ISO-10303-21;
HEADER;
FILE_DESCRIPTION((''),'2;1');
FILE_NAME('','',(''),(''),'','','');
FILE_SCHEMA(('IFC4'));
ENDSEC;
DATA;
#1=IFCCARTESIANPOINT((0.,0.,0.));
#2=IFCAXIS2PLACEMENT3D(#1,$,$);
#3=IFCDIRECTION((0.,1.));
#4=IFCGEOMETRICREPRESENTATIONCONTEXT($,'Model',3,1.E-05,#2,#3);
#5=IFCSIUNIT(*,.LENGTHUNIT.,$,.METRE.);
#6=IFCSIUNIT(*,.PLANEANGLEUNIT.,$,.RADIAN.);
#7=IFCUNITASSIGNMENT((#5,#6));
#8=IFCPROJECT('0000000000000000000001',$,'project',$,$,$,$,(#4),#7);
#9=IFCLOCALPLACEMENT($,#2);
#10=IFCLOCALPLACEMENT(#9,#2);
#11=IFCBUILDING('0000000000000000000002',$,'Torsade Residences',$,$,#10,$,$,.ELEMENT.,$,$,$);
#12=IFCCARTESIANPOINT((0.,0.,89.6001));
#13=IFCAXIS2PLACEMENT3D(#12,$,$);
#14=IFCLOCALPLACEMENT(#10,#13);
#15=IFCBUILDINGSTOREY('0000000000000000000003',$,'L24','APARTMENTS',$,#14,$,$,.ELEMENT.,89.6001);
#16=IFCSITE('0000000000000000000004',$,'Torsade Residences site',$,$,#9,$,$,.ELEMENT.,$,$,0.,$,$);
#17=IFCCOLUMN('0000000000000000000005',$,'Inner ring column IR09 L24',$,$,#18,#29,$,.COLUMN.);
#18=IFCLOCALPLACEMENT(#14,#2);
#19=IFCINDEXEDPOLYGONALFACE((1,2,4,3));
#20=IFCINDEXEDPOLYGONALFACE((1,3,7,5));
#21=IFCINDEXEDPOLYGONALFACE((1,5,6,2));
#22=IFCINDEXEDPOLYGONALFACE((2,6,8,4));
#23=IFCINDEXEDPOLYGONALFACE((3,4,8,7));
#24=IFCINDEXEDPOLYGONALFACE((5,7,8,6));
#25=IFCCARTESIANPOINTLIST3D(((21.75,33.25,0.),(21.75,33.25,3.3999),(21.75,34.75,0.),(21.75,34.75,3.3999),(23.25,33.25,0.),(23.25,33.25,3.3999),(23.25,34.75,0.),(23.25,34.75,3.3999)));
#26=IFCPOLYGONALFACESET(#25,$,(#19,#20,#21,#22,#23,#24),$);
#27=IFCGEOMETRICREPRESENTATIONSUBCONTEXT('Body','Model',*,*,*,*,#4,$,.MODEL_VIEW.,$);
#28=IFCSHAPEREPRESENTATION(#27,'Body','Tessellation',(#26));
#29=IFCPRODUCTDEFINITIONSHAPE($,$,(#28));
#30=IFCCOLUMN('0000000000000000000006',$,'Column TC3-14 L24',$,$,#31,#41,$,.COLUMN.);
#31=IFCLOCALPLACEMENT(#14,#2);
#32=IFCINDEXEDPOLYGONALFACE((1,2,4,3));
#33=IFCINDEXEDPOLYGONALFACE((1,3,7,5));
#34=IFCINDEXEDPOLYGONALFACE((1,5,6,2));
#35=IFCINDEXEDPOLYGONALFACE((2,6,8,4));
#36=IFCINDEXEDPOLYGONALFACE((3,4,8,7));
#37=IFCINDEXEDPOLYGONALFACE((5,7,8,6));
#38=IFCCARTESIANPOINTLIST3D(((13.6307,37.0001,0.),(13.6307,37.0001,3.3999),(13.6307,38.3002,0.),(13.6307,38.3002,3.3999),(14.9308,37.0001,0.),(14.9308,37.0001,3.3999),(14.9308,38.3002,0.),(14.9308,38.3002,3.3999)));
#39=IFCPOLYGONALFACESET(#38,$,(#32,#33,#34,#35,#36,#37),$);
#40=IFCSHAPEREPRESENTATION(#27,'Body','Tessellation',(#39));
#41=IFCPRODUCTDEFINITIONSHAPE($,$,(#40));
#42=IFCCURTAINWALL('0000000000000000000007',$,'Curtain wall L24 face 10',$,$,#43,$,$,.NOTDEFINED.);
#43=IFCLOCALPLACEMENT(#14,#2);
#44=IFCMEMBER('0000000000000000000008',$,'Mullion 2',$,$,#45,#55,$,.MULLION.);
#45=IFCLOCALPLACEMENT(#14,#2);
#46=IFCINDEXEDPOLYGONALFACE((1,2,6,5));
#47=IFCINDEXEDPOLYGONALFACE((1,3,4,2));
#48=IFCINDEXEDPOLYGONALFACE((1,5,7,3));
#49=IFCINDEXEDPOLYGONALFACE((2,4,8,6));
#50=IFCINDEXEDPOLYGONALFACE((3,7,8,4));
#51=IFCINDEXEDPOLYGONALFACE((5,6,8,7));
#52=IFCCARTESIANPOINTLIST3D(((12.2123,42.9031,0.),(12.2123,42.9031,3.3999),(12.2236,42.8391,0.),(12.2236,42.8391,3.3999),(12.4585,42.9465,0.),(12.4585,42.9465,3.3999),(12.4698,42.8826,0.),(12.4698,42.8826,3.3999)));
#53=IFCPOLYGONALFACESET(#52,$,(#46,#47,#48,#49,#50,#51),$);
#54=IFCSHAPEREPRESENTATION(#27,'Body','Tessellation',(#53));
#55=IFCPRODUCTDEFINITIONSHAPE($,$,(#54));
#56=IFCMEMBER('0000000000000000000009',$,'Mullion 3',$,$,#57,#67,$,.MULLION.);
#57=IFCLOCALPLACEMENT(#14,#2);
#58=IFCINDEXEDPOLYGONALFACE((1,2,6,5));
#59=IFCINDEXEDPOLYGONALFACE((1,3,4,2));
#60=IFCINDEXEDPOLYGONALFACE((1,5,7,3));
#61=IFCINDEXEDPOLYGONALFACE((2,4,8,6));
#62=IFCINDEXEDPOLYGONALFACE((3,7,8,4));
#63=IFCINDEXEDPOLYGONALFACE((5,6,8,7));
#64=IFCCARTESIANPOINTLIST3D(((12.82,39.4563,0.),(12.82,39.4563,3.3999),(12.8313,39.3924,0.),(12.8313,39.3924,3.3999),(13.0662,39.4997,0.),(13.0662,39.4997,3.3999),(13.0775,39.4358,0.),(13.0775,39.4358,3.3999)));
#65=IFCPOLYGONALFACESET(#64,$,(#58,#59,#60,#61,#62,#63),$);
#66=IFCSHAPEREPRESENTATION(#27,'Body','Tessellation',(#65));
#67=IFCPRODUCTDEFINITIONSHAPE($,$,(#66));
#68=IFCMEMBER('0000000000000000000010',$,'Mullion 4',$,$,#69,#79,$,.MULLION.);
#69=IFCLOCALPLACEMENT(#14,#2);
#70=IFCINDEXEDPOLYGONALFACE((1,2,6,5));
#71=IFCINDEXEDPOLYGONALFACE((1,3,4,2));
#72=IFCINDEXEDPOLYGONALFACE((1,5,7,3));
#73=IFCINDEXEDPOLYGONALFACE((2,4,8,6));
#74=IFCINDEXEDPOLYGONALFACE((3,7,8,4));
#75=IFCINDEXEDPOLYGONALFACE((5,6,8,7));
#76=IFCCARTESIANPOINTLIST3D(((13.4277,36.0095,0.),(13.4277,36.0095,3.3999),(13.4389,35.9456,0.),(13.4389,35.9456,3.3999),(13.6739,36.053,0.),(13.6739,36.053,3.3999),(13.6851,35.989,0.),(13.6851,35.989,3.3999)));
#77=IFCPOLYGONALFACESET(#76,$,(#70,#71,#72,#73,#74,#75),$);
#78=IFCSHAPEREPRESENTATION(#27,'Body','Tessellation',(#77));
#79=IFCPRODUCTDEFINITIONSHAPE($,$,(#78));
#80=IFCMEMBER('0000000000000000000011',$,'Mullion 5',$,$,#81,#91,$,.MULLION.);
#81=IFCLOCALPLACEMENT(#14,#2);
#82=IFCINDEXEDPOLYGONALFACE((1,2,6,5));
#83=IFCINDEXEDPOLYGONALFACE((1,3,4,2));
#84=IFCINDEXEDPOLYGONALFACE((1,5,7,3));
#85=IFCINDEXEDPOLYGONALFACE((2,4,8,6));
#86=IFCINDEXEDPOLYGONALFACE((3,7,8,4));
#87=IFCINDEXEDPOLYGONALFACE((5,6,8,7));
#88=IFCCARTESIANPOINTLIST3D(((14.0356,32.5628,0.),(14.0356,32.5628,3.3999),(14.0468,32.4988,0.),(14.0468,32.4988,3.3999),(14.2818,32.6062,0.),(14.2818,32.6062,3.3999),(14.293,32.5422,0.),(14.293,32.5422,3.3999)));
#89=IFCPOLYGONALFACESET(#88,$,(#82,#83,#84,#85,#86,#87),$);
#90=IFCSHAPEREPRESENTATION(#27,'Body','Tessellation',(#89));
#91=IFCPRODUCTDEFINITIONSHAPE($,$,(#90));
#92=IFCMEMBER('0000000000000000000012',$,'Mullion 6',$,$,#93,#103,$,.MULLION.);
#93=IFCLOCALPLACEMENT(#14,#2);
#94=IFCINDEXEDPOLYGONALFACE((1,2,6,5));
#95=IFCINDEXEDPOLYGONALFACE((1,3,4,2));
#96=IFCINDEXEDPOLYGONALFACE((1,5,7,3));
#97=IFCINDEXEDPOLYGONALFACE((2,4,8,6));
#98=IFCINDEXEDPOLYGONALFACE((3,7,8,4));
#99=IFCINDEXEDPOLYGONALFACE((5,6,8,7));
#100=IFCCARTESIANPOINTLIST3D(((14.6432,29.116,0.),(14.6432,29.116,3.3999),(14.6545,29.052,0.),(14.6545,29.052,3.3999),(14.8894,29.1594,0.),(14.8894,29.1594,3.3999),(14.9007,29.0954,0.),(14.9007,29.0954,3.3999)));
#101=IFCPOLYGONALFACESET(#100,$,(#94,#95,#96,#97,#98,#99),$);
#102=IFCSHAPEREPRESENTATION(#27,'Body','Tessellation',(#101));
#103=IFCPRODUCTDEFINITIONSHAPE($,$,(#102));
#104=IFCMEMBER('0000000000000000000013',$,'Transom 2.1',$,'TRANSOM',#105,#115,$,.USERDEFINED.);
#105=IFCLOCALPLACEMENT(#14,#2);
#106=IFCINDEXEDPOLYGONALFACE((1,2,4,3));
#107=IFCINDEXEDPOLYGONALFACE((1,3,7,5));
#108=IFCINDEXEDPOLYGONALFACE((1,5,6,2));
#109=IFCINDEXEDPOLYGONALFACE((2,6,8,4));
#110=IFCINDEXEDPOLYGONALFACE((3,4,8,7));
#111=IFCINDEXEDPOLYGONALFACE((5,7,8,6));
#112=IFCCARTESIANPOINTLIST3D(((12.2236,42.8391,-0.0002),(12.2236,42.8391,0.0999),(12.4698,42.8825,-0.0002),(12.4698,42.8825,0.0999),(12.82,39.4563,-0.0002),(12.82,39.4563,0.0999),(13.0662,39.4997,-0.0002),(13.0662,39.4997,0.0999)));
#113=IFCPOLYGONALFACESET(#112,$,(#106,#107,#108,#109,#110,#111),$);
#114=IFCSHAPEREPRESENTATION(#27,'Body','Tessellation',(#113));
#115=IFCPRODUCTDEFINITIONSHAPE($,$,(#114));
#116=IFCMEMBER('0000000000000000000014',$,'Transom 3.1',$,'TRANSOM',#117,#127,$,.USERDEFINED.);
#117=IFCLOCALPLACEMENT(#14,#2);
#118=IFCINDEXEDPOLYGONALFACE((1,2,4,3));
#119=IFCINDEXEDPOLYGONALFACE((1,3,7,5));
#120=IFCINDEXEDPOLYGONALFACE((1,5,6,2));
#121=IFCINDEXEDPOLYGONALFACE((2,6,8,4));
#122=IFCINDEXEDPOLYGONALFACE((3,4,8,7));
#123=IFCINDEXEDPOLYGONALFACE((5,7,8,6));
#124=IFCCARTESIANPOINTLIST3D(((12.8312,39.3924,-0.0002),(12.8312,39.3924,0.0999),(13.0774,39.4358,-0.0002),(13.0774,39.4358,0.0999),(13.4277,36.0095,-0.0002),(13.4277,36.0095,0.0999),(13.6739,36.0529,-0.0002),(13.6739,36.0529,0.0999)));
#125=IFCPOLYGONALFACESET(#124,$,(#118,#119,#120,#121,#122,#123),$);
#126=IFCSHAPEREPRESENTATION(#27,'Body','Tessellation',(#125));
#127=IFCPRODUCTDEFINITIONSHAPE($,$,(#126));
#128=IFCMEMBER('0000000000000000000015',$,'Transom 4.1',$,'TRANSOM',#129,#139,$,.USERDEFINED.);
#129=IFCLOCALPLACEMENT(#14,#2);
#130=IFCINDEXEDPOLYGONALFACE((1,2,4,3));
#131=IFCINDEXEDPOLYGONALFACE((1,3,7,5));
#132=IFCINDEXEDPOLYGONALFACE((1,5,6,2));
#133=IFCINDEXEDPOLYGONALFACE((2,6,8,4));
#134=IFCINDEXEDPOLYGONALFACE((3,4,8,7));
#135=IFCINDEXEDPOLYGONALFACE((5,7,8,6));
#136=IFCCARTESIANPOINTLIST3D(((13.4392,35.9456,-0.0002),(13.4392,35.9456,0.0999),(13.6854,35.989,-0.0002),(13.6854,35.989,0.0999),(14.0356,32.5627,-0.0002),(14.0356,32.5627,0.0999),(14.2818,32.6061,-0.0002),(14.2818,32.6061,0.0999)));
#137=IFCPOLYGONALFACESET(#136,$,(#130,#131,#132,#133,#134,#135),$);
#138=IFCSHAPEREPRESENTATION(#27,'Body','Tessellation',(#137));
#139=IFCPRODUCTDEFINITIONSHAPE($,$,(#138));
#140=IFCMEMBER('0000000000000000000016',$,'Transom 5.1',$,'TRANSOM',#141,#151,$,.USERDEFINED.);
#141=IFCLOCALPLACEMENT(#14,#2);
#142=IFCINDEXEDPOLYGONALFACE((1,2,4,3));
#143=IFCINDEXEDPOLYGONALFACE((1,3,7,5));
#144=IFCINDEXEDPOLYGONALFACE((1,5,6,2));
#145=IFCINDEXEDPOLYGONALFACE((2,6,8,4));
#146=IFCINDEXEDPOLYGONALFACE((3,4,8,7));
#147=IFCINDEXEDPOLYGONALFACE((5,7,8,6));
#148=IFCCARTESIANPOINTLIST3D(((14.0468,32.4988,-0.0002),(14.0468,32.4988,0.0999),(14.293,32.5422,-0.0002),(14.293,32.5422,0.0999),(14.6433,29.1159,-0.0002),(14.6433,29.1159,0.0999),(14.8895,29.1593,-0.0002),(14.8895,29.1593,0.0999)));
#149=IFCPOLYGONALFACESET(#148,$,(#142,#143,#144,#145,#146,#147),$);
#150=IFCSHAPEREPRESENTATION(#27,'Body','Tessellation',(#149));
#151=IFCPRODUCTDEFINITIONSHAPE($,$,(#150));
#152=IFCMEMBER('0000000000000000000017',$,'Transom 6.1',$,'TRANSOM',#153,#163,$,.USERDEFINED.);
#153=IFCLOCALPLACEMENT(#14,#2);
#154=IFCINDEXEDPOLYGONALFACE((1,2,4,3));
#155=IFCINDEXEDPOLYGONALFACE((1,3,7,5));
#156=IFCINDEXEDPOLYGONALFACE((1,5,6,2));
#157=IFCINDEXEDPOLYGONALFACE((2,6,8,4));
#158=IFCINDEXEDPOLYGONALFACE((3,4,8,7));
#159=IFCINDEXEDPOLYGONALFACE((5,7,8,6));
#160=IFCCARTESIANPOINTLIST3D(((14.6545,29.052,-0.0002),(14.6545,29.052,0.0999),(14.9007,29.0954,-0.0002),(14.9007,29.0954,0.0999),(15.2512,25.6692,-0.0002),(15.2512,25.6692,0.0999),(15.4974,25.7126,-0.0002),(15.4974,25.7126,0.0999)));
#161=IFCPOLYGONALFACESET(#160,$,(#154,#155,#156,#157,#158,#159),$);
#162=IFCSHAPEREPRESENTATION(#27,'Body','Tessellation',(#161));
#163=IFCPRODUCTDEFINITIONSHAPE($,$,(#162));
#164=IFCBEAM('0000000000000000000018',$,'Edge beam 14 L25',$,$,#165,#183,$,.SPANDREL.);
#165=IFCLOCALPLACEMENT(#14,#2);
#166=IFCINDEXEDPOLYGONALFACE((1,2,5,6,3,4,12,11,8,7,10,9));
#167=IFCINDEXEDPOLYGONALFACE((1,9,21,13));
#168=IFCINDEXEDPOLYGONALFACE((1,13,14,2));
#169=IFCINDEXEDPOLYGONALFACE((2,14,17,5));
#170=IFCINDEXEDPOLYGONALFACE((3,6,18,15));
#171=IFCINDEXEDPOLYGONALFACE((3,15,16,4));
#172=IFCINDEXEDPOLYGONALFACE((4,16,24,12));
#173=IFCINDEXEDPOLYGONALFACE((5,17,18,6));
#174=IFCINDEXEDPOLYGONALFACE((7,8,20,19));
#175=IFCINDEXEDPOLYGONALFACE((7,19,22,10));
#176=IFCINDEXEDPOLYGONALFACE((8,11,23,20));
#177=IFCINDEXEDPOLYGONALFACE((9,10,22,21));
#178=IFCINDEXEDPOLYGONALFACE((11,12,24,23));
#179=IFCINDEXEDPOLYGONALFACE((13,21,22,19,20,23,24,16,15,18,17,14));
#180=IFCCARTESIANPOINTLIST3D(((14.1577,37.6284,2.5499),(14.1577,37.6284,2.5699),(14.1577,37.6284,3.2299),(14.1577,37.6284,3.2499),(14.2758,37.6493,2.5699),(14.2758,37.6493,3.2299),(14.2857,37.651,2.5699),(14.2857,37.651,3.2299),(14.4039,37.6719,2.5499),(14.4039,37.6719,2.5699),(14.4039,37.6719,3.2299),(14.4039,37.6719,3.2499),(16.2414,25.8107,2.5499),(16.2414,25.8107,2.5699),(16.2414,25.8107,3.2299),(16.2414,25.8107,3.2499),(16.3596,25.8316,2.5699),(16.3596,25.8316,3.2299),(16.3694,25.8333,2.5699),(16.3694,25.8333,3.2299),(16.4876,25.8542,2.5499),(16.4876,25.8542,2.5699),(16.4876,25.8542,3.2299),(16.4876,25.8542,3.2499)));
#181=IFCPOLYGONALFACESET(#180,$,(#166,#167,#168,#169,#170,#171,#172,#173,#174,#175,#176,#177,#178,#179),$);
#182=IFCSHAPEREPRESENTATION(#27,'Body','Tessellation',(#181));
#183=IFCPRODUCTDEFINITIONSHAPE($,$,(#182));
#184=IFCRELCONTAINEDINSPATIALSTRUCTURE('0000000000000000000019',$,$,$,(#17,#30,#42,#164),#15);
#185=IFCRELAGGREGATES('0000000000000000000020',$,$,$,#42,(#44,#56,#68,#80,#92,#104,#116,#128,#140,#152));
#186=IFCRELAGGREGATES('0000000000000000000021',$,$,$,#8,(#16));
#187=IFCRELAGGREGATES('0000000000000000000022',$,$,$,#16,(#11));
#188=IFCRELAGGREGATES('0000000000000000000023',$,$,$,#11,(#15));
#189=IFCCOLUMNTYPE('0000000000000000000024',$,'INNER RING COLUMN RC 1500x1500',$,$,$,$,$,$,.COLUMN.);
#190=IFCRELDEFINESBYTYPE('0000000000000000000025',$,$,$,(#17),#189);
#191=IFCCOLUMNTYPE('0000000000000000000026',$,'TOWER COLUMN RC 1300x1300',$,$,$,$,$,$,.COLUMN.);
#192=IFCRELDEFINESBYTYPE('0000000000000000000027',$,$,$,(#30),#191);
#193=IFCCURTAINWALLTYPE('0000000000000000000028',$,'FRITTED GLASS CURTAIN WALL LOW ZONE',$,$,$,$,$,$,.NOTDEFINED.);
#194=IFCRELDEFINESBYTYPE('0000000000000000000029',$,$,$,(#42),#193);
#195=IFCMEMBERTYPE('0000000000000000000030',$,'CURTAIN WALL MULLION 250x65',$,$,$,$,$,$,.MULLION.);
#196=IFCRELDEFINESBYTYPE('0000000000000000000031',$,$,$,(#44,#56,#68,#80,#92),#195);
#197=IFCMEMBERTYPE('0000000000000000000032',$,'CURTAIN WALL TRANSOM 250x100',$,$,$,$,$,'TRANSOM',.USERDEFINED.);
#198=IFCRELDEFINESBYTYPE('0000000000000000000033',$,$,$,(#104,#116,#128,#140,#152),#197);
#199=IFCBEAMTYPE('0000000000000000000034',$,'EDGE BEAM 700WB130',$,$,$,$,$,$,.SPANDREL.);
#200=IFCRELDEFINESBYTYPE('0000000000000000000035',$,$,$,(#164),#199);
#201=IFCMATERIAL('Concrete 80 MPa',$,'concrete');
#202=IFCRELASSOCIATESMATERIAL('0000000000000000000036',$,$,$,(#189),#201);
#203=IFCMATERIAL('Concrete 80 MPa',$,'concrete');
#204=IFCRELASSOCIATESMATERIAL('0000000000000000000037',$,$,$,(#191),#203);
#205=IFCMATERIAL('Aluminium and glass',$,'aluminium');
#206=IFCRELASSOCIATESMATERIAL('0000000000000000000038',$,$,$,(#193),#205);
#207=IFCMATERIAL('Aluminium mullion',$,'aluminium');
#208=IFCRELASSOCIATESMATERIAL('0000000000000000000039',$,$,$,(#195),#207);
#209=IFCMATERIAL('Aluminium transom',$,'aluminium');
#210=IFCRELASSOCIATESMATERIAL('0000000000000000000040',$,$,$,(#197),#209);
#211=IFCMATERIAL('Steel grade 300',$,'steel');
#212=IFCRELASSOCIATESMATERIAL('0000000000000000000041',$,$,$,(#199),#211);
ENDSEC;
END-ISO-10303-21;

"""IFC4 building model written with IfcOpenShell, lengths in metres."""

from ifc_helpers import new_model, si_unit, direction, frame, origin, origin_2d, place, context, subcontext, project, spatial, rectangle, i_section, extrude, material, material_profile, profile_set, type_object, element, aggregate, save


model = new_model("IFC4")

# Units and contexts
model_context = context("Model", 3, precision=1e-05, world=origin(), true_north=direction((0.0, 1.0)))
body_context = subcontext(model_context, "Body", "Model", "MODEL_VIEW")
ifc_project = project(units=[si_unit("LENGTHUNIT", "METRE"), si_unit("PLANEANGLEUNIT", "RADIAN")], contexts=[model_context])

# Site, building, storey
site_placement = place(None, origin())
site = spatial("IfcSite", under=ifc_project, at=site_placement, Name="Torsade Residences site", CompositionType="ELEMENT", RefElevation=0.0)
building_placement = place(site_placement, origin())
building = spatial("IfcBuilding", under=site, at=building_placement, Name="Torsade Residences", CompositionType="ELEMENT")
storey_placement = place(building_placement, frame((0.0, 0.0, 89.6001)))
storey = spatial("IfcBuildingStorey", under=building, at=storey_placement, Name="L24", Description="APARTMENTS", CompositionType="ELEMENT", Elevation=89.6001)

# Columns
ifc_material_1 = material(Name="Concrete 80 MPa", Category="concrete")
ifc_material_profile_1 = material_profile(ifc_material_1, rectangle(XDim=1.5, YDim=1.5, at=origin_2d()), Name="RC 1500x1500")
ifc_profile_set_1 = profile_set([ifc_material_profile_1], Name="Concrete 80 MPa")
column_type_1 = type_object("IfcColumnType", Name="INNER RING COLUMN RC 1500x1500", PredefinedType="COLUMN", material=ifc_profile_set_1)
column_1_placement = place(storey_placement, frame((22.5, 34.0, 0.0), z_axis=(0.0, 0.0, 1.0), x_axis=(1.0, 0.0, 0.0)))
element("IfcColumn", 1, at=column_1_placement, inside=storey, type_object=column_type_1, Name="Inner ring column IR09 L24", PredefinedType="COLUMN", context=body_context, shape_type="SweptSolid", body=[
    extrude(rectangle(XDim=1.5, YDim=1.5, at=origin_2d()), origin(), (0.0, 0.0, 1.0), 3.3999),
])
ifc_material_2 = material(Name="Concrete 80 MPa", Category="concrete")
ifc_material_profile_2 = material_profile(ifc_material_2, rectangle(XDim=1.3, YDim=1.3, at=origin_2d()), Name="RC 1300x1300")
ifc_profile_set_2 = profile_set([ifc_material_profile_2], Name="Concrete 80 MPa")
column_type_2 = type_object("IfcColumnType", Name="TOWER COLUMN RC 1300x1300", PredefinedType="COLUMN", material=ifc_profile_set_2)
column_2_placement = place(storey_placement, frame((14.2808, 37.6501, 0.0), z_axis=(0.0, 0.0, 1.0), x_axis=(1.0, 0.0, 0.0)))
element("IfcColumn", 2, at=column_2_placement, inside=storey, type_object=column_type_2, Name="Column TC3-14 L24", PredefinedType="COLUMN", context=body_context, shape_type="SweptSolid", body=[
    extrude(rectangle(XDim=1.3, YDim=1.3, at=origin_2d()), origin(), (0.0, 0.0, 1.0), 3.3999),
])

# Curtain wall, members
ifc_material_3 = material(Name="Aluminium and glass", Category="aluminium")
curtain_wall_type = type_object("IfcCurtainWallType", Name="FRITTED GLASS CURTAIN WALL LOW ZONE", PredefinedType="NOTDEFINED", material=ifc_material_3)
curtain_wall_placement = place(storey_placement, origin())
curtain_wall = element("IfcCurtainWall", 3, at=curtain_wall_placement, inside=storey, type_object=curtain_wall_type, Name="Curtain wall L24 face 10", PredefinedType="NOTDEFINED")
ifc_material_4 = material(Name="Aluminium mullion", Category="aluminium")
ifc_material_profile_3 = material_profile(ifc_material_4, rectangle(XDim=0.25, YDim=0.0649, at=origin_2d()), Name="CURTAIN WALL MULLION 250x65")
ifc_profile_set_3 = profile_set([ifc_material_profile_3], Name="Aluminium mullion")
member_type_1 = type_object("IfcMemberType", Name="CURTAIN WALL MULLION 250x65", PredefinedType="MULLION", material=ifc_profile_set_3)
member_1_placement = place(storey_placement, frame((12.3411, 42.8928, 0.0), z_axis=(0.0, 0.0, 1.0), x_axis=(0.984808, 0.173648, 0.0)))
member_1 = element("IfcMember", 4, at=member_1_placement, type_object=member_type_1, Name="Mullion 2", PredefinedType="MULLION", context=body_context, shape_type="SweptSolid", body=[
    extrude(rectangle(XDim=0.25, YDim=0.0649, at=origin_2d()), origin(), (0.0, 0.0, 1.0), 3.3999),
])
member_2_placement = place(storey_placement, frame((12.9487, 39.446, 0.0), z_axis=(0.0, 0.0, 1.0), x_axis=(0.984808, 0.173648, 0.0)))
member_2 = element("IfcMember", 5, at=member_2_placement, type_object=member_type_1, Name="Mullion 3", PredefinedType="MULLION", context=body_context, shape_type="SweptSolid", body=[
    extrude(rectangle(XDim=0.25, YDim=0.0649, at=origin_2d()), origin(), (0.0, 0.0, 1.0), 3.3999),
])
member_3_placement = place(storey_placement, frame((13.5564, 35.9993, 0.0), z_axis=(0.0, 0.0, 1.0), x_axis=(0.984808, 0.173648, 0.0)))
member_3 = element("IfcMember", 6, at=member_3_placement, type_object=member_type_1, Name="Mullion 4", PredefinedType="MULLION", context=body_context, shape_type="SweptSolid", body=[
    extrude(rectangle(XDim=0.25, YDim=0.0649, at=origin_2d()), origin(), (0.0, 0.0, 1.0), 3.3999),
])
member_4_placement = place(storey_placement, frame((14.1643, 32.5525, 0.0), z_axis=(0.0, 0.0, 1.0), x_axis=(0.984808, 0.173648, 0.0)))
member_4 = element("IfcMember", 7, at=member_4_placement, type_object=member_type_1, Name="Mullion 5", PredefinedType="MULLION", context=body_context, shape_type="SweptSolid", body=[
    extrude(rectangle(XDim=0.25, YDim=0.0649, at=origin_2d()), origin(), (0.0, 0.0, 1.0), 3.3999),
])
member_5_placement = place(storey_placement, frame((14.772, 29.1057, 0.0), z_axis=(0.0, 0.0, 1.0), x_axis=(0.984808, 0.173648, 0.0)))
member_5 = element("IfcMember", 8, at=member_5_placement, type_object=member_type_1, Name="Mullion 6", PredefinedType="MULLION", context=body_context, shape_type="SweptSolid", body=[
    extrude(rectangle(XDim=0.25, YDim=0.0649, at=origin_2d()), origin(), (0.0, 0.0, 1.0), 3.3999),
])
ifc_material_5 = material(Name="Aluminium transom", Category="aluminium")
ifc_material_profile_4 = material_profile(ifc_material_5, rectangle(XDim=0.25, YDim=0.1001, at=origin_2d()), Name="CURTAIN WALL TRANSOM 250x100")
ifc_profile_set_4 = profile_set([ifc_material_profile_4], Name="Aluminium transom")
member_type_2 = type_object("IfcMemberType", Name="CURTAIN WALL TRANSOM 250x100", ElementType="TRANSOM", PredefinedType="USERDEFINED", material=ifc_profile_set_4)
member_6_placement = place(storey_placement, frame((12.3467, 42.8608, 0.0498), z_axis=(0.173635, -0.98481, 0.0), x_axis=(0.98481, 0.173635, 0.0)))
member_6 = element("IfcMember", 9, at=member_6_placement, type_object=member_type_2, Name="Transom 2.1", ObjectType="TRANSOM", PredefinedType="USERDEFINED", context=body_context, shape_type="SweptSolid", body=[
    extrude(rectangle(XDim=0.25, YDim=0.1001, at=origin_2d()), origin(), (0.0, 0.0, 1.0), 3.4351),
])
member_7_placement = place(storey_placement, frame((12.9543, 39.4141, 0.0498), z_axis=(0.173635, -0.98481, 0.0), x_axis=(0.98481, 0.173635, 0.0)))
member_7 = element("IfcMember", 10, at=member_7_placement, type_object=member_type_2, Name="Transom 3.1", ObjectType="TRANSOM", PredefinedType="USERDEFINED", context=body_context, shape_type="SweptSolid", body=[
    extrude(rectangle(XDim=0.25, YDim=0.1001, at=origin_2d()), origin(), (0.0, 0.0, 1.0), 3.4351),
])
member_8_placement = place(storey_placement, frame((13.5623, 35.9673, 0.0498), z_axis=(0.173635, -0.98481, 0.0), x_axis=(0.98481, 0.173635, 0.0)))
member_8 = element("IfcMember", 11, at=member_8_placement, type_object=member_type_2, Name="Transom 4.1", ObjectType="TRANSOM", PredefinedType="USERDEFINED", context=body_context, shape_type="SweptSolid", body=[
    extrude(rectangle(XDim=0.25, YDim=0.1001, at=origin_2d()), origin(), (0.0, 0.0, 1.0), 3.4351),
])
member_9_placement = place(storey_placement, frame((14.1699, 32.5205, 0.0498), z_axis=(0.173635, -0.98481, 0.0), x_axis=(0.98481, 0.173635, 0.0)))
member_9 = element("IfcMember", 12, at=member_9_placement, type_object=member_type_2, Name="Transom 5.1", ObjectType="TRANSOM", PredefinedType="USERDEFINED", context=body_context, shape_type="SweptSolid", body=[
    extrude(rectangle(XDim=0.25, YDim=0.1001, at=origin_2d()), origin(), (0.0, 0.0, 1.0), 3.4351),
])
member_10_placement = place(storey_placement, frame((14.7776, 29.0737, 0.0498), z_axis=(0.173704, -0.984798, 0.0), x_axis=(0.984798, 0.173704, 0.0)))
member_10 = element("IfcMember", 13, at=member_10_placement, type_object=member_type_2, Name="Transom 6.1", ObjectType="TRANSOM", PredefinedType="USERDEFINED", context=body_context, shape_type="SweptSolid", body=[
    extrude(rectangle(XDim=0.25, YDim=0.1001, at=origin_2d()), origin(), (0.0, 0.0, 1.0), 3.4351),
])

# Beam
ifc_material_6 = material(Name="Steel grade 300", Category="steel")
ifc_material_profile_5 = material_profile(ifc_material_6, i_section(OverallWidth=0.25, OverallDepth=0.7, WebThickness=0.01, FlangeThickness=0.02, at=origin_2d()), Name="700WB130")
ifc_profile_set_5 = profile_set([ifc_material_profile_5], Name="Steel grade 300")
beam_type_1 = type_object("IfcBeamType", Name="EDGE BEAM 700WB130", PredefinedType="SPANDREL", material=ifc_profile_set_5)
beam_1_placement = place(storey_placement, frame((14.2808, 37.6501, 2.8999), z_axis=(0.173646, -0.984808, 0.0), x_axis=(0.984808, 0.173646, 0.0)))
element("IfcBeam", 14, at=beam_1_placement, inside=storey, type_object=beam_type_1, Name="Edge beam 14 L25", PredefinedType="SPANDREL", context=body_context, shape_type="SweptSolid", body=[
    extrude(i_section(OverallWidth=0.25, OverallDepth=0.7, WebThickness=0.01, FlangeThickness=0.02, at=origin_2d()), origin(), (0.0, 0.0, 1.0), 12.0),
])

aggregate(curtain_wall, [member_1, member_2, member_3, member_4, member_5, member_6, member_7, member_8, member_9, member_10])

save(model, "model.ifc")
